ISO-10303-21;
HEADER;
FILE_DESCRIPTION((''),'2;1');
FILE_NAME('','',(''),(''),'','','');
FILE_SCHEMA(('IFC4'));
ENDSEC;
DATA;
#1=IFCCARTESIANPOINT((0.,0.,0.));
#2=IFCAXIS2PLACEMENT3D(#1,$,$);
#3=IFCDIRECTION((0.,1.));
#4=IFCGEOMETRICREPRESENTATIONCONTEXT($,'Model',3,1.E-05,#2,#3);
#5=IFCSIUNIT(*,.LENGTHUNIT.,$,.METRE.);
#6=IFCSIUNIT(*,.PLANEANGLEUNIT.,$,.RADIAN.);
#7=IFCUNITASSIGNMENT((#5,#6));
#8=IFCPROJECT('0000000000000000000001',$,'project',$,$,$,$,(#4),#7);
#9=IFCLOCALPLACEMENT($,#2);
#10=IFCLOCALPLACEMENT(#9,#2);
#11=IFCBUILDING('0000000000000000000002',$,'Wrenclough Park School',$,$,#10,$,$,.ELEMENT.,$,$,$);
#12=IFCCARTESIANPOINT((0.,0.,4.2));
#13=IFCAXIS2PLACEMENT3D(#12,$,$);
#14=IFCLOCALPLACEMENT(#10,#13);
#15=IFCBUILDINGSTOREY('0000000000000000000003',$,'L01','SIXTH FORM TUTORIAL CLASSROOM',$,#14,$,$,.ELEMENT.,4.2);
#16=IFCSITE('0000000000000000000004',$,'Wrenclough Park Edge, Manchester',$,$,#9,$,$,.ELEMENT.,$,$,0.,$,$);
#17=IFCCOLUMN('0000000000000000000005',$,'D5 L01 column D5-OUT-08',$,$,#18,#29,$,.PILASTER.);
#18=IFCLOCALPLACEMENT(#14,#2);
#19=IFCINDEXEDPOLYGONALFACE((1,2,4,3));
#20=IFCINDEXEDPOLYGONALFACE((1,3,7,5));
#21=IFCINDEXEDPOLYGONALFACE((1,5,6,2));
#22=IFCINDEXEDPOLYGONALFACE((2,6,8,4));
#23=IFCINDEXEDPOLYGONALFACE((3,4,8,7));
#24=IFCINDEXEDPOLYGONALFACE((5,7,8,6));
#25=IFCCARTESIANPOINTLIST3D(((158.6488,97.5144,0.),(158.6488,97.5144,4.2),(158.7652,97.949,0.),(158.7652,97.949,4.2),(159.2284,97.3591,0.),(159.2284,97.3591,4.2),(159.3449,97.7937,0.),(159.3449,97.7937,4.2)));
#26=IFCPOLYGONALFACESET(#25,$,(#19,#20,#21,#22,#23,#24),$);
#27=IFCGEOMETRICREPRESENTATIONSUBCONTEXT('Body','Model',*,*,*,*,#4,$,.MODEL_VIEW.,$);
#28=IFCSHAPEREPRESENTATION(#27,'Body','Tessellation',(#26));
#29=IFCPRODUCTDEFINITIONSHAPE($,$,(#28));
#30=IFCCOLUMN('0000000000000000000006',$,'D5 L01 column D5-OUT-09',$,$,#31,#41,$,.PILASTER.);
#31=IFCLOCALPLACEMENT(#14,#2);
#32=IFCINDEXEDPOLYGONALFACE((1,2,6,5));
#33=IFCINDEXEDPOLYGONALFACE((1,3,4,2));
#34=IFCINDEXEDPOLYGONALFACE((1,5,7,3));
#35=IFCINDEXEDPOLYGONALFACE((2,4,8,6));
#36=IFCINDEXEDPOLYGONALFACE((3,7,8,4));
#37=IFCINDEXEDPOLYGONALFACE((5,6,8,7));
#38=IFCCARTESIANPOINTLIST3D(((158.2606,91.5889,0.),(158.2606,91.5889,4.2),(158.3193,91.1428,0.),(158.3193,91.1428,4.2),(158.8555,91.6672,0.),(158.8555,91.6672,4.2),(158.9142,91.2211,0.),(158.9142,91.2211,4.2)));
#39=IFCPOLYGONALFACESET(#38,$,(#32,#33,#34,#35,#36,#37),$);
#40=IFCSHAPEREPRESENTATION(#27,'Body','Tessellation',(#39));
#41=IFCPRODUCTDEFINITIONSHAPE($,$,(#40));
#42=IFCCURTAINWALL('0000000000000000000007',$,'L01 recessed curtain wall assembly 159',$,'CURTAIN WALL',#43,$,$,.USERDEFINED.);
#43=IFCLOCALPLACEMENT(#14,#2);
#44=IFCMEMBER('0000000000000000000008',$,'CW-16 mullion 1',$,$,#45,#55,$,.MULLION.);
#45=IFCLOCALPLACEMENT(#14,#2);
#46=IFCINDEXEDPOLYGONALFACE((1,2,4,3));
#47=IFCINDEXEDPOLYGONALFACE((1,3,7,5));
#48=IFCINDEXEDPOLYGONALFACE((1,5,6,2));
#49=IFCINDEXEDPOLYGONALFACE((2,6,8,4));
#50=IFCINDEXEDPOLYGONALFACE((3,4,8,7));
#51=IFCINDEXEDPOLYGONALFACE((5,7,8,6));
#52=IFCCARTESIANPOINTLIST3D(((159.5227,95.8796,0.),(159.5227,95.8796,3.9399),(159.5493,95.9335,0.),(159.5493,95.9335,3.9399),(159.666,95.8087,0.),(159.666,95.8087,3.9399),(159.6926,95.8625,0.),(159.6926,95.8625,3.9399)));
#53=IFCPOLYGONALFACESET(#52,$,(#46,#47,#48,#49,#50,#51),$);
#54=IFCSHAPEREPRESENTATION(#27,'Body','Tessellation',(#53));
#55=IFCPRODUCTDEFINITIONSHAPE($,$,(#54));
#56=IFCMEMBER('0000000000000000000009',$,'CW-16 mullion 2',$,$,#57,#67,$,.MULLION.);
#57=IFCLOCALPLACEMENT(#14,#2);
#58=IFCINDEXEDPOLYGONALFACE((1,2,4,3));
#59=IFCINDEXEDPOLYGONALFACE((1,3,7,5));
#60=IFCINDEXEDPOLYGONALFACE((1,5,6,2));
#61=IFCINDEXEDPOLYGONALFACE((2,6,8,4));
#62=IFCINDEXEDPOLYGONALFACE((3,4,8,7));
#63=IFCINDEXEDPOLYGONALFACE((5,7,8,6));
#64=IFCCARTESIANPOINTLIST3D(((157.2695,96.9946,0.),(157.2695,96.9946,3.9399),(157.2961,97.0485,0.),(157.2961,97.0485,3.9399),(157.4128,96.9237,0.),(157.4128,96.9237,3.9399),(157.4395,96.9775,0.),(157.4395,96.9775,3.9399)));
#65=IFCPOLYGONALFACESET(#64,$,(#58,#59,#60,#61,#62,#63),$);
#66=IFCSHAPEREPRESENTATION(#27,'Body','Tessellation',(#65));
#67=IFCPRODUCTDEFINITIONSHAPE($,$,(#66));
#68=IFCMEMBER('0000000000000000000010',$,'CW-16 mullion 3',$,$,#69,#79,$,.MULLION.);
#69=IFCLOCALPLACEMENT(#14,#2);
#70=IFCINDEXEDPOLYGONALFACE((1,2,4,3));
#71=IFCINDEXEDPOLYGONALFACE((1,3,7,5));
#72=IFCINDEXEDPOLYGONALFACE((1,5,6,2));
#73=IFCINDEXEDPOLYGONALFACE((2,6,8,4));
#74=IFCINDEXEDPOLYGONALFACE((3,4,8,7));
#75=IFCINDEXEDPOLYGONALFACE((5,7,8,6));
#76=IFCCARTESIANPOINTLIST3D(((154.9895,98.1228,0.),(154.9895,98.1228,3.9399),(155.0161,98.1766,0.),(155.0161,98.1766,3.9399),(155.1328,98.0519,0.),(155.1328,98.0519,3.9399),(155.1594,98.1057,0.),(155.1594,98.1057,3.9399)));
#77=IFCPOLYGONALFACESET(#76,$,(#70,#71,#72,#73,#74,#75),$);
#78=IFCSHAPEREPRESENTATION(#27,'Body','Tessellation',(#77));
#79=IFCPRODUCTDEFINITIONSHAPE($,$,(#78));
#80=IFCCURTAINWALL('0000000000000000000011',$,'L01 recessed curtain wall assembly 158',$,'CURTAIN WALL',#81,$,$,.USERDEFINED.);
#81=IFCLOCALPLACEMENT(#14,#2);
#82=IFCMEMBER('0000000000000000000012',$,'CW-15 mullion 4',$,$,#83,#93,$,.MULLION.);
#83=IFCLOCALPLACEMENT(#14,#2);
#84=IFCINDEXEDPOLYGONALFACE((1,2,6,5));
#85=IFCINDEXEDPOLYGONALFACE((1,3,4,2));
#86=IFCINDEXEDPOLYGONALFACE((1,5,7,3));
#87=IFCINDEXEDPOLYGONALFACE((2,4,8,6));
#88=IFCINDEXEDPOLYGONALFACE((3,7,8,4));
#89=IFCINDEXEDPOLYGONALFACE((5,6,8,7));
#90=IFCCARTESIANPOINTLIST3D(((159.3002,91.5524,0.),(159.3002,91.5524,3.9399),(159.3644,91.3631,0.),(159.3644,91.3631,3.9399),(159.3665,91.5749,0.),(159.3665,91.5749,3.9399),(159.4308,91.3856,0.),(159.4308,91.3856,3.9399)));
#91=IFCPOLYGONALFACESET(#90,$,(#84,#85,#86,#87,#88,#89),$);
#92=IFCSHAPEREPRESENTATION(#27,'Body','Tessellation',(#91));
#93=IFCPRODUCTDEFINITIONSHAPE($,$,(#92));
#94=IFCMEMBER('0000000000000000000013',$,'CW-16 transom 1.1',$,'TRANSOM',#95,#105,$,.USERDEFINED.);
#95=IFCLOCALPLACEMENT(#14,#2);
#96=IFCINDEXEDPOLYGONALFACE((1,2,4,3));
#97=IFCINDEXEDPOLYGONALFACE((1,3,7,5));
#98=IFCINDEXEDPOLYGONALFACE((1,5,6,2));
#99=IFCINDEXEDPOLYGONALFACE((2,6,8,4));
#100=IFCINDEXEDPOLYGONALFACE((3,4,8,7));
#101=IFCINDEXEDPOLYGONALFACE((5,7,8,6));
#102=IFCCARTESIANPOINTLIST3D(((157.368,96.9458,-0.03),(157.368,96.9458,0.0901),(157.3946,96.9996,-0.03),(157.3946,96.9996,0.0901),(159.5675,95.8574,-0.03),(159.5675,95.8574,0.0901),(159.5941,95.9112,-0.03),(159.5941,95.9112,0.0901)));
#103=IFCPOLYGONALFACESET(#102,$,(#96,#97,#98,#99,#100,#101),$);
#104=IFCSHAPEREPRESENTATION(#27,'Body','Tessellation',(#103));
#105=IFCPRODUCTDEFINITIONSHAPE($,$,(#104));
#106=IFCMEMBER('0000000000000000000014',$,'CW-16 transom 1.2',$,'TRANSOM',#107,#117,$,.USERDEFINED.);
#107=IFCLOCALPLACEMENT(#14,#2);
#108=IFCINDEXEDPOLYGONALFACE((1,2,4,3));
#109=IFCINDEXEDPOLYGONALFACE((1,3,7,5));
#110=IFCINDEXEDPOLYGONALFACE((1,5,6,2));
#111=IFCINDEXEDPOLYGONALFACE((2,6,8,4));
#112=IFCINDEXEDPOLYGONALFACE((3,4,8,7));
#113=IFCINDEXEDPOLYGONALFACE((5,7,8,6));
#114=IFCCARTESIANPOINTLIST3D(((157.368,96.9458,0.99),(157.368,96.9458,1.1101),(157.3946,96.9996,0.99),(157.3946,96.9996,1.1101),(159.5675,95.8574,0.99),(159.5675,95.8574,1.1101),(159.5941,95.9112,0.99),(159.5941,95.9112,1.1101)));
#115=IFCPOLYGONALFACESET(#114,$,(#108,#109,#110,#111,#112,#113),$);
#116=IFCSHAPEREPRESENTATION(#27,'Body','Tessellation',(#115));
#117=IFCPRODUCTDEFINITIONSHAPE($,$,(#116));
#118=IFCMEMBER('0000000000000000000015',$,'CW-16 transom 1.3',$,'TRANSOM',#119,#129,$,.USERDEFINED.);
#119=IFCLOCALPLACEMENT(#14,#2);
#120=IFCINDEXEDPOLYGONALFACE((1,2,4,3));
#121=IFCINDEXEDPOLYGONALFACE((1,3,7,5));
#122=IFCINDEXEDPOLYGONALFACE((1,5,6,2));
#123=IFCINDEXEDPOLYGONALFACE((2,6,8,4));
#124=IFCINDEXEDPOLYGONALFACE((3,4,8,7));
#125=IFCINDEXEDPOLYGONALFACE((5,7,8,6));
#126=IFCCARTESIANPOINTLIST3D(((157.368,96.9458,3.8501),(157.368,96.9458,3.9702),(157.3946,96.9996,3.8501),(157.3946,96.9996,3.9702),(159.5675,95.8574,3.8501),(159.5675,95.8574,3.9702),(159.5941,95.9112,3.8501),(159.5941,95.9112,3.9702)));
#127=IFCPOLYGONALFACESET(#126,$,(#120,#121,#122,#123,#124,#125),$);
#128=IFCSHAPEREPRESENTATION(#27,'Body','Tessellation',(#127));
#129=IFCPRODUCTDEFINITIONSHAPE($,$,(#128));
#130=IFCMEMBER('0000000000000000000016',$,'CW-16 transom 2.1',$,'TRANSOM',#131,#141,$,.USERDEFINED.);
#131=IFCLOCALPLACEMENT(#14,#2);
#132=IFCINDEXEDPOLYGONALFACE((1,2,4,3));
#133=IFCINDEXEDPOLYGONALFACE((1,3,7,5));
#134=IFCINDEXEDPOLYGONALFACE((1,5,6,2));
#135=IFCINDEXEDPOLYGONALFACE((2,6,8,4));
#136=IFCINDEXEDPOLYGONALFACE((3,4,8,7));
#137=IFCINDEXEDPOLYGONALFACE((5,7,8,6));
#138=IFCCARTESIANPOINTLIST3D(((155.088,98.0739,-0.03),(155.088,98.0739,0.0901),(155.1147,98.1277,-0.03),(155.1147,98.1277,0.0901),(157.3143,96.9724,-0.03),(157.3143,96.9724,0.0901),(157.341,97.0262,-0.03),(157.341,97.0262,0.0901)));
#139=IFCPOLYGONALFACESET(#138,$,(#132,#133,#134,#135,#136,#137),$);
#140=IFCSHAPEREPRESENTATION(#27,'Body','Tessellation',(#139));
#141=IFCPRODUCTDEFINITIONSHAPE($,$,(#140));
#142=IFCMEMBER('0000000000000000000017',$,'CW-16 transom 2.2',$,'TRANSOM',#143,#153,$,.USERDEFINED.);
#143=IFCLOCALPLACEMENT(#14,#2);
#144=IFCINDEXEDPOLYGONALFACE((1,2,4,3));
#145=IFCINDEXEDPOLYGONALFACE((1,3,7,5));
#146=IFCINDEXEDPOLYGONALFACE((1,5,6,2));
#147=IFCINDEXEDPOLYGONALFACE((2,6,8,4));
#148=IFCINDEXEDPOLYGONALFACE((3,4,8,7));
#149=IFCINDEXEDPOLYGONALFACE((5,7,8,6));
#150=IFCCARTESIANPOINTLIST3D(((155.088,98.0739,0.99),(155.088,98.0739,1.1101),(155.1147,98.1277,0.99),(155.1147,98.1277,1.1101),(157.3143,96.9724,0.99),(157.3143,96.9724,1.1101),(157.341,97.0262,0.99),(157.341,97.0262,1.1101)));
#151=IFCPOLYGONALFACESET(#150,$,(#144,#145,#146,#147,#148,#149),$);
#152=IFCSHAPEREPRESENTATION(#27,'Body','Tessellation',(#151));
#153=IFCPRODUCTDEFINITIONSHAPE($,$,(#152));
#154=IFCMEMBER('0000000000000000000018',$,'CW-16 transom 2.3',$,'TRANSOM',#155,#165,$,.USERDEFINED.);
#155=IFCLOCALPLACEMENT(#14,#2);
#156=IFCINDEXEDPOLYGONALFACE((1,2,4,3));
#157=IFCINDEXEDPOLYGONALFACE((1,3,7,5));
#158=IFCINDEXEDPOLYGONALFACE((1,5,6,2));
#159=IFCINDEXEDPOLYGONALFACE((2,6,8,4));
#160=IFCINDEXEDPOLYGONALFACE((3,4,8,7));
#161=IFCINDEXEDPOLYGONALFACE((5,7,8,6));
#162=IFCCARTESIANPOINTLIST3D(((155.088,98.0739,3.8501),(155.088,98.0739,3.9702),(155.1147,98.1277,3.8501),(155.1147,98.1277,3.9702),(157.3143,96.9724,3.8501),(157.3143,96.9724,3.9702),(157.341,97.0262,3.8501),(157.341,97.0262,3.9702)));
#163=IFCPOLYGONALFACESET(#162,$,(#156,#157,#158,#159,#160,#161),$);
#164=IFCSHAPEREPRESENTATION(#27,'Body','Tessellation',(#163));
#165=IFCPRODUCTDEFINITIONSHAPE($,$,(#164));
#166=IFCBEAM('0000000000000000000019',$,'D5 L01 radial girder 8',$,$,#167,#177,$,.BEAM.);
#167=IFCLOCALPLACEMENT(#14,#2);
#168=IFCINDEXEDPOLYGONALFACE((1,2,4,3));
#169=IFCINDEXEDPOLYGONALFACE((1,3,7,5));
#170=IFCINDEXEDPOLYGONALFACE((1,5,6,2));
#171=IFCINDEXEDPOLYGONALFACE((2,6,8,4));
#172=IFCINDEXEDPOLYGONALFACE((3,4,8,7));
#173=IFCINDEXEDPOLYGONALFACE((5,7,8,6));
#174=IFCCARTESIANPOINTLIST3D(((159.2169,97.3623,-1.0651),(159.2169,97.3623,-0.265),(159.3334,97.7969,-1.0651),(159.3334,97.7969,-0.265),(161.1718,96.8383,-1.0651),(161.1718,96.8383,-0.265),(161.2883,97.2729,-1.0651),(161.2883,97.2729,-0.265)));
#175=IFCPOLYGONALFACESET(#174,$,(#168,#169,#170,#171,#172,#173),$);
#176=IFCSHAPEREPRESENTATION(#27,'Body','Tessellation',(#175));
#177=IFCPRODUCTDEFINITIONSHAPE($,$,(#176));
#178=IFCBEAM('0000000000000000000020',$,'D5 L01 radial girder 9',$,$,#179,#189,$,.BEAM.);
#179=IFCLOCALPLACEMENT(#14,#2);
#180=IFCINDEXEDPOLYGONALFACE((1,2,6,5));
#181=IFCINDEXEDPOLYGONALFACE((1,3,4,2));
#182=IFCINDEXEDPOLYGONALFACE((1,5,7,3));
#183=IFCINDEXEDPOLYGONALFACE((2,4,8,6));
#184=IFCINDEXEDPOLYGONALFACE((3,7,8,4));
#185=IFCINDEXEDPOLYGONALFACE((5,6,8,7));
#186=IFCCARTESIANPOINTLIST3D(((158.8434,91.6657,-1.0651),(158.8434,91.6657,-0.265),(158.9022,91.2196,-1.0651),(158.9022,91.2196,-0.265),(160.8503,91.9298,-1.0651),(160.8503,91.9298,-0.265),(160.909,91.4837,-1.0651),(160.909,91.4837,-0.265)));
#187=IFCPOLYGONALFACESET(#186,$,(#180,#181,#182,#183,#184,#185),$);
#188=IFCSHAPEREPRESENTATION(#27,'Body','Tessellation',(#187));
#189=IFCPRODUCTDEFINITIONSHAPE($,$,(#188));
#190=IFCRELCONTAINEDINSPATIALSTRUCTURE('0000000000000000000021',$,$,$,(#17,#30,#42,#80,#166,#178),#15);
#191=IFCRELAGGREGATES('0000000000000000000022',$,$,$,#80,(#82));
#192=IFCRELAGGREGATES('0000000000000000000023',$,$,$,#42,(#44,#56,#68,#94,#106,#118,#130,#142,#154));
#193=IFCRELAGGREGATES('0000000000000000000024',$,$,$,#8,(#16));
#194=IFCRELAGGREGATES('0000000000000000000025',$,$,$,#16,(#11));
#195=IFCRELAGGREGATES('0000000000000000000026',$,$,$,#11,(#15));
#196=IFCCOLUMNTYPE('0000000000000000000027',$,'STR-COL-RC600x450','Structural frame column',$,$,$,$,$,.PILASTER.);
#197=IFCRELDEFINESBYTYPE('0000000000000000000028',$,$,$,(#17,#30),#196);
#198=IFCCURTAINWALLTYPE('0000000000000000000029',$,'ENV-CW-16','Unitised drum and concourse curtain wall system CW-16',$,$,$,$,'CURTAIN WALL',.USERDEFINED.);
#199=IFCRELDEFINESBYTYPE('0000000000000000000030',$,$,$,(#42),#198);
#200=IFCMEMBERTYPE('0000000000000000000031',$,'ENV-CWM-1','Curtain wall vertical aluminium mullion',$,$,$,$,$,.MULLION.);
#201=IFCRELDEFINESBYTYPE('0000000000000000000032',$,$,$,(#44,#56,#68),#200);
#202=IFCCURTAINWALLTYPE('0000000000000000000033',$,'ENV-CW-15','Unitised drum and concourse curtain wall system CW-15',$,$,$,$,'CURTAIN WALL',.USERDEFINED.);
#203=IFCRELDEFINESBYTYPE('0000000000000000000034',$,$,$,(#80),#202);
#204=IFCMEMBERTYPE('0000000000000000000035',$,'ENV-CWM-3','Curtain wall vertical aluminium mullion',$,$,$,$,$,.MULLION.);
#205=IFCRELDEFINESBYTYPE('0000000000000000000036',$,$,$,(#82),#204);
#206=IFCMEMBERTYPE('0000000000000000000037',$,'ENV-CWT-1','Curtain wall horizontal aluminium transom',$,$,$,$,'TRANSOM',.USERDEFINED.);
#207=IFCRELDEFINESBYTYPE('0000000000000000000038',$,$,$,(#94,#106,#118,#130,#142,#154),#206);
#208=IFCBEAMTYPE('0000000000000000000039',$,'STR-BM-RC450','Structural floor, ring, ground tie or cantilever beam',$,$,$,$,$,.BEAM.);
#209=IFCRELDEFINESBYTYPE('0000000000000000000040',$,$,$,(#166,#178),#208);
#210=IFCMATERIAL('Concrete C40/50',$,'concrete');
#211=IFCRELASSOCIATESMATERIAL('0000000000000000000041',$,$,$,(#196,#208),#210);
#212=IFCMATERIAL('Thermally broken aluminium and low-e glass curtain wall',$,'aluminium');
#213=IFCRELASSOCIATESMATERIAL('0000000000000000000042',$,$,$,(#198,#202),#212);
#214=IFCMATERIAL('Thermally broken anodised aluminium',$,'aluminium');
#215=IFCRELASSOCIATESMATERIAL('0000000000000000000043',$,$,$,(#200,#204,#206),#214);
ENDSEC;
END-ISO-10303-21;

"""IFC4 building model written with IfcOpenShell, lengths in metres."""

from ifc_helpers import new_model, si_unit, direction, frame, origin, origin_2d, place, context, subcontext, project, spatial, rectangle, extrude, material, material_profile, profile_set, type_object, element, aggregate, save


model = new_model("IFC4")

# Units and contexts
model_context = context("Model", 3, precision=1e-05, world=origin(), true_north=direction((0.0, 1.0)))
body_context = subcontext(model_context, "Body", "Model", "MODEL_VIEW")
ifc_project = project(units=[si_unit("LENGTHUNIT", "METRE"), si_unit("PLANEANGLEUNIT", "RADIAN")], contexts=[model_context])

# Site, building, storey
site_placement = place(None, origin())
site = spatial("IfcSite", under=ifc_project, at=site_placement, Name="Wrenclough Park Edge, Manchester", CompositionType="ELEMENT", RefElevation=0.0)
building_placement = place(site_placement, origin())
building = spatial("IfcBuilding", under=site, at=building_placement, Name="Wrenclough Park School", CompositionType="ELEMENT")
storey_placement = place(building_placement, frame((0.0, 0.0, 4.2)))
storey = spatial("IfcBuildingStorey", under=building, at=storey_placement, Name="L01", Description="SIXTH FORM TUTORIAL CLASSROOM", CompositionType="ELEMENT", Elevation=4.2)

# Columns
ifc_material_1 = material(Name="Concrete C40/50", Category="concrete")
ifc_material_profile_1 = material_profile(ifc_material_1, rectangle(XDim=0.45, YDim=0.6001, at=origin_2d()), Name="RC COL 600x450")
ifc_profile_set_1 = profile_set([ifc_material_profile_1], Name="Concrete C40/50")
column_type = type_object("IfcColumnType", Name="STR-COL-RC600x450", Description="Structural frame column", PredefinedType="PILASTER", material=ifc_profile_set_1)
for number, where, z_axis, x_axis, name in (
    (1, (158.9968, 97.6541, 0.0), (0.0, 0.0, 1.0), (-0.258819, -0.965926, 0.0), "D5 L01 column D5-OUT-08"),
    (2, (158.5874, 91.405, 0.0), (0.0, 0.0, 1.0), (0.130526, -0.991445, 0.0), "D5 L01 column D5-OUT-09"),
):
    element("IfcColumn", number, at=place(storey_placement, frame(where, z_axis=z_axis, x_axis=x_axis)), inside=storey, type_object=column_type, Name=name, PredefinedType="PILASTER", context=body_context, shape_type="SweptSolid", body=[
        extrude(rectangle(XDim=0.45, YDim=0.6001, at=origin_2d()), origin(), (0.0, 0.0, 1.0), 4.2),
    ])

# Curtain wall, members
ifc_material_2 = material(Name="Thermally broken aluminium and low-e glass curtain wall", Category="aluminium")
curtain_wall_type_1 = type_object("IfcCurtainWallType", Name="ENV-CW-16", Description="Unitised drum and concourse curtain wall system CW-16", ElementType="CURTAIN WALL", PredefinedType="USERDEFINED", material=ifc_material_2)
curtain_wall_1_placement = place(storey_placement, origin())
curtain_wall_1 = element("IfcCurtainWall", 3, at=curtain_wall_1_placement, inside=storey, type_object=curtain_wall_type_1, Name="L01 recessed curtain wall assembly 159", ObjectType="CURTAIN WALL", PredefinedType="USERDEFINED")
ifc_material_3 = material(Name="Thermally broken anodised aluminium", Category="aluminium")
ifc_material_profile_2 = material_profile(ifc_material_3, rectangle(XDim=0.0601, YDim=0.1599, at=origin_2d()), Name="AL MULLION 60x160")
ifc_profile_set_2 = profile_set([ifc_material_profile_2], Name="Thermally broken anodised aluminium")
member_type_1 = type_object("IfcMemberType", Name="ENV-CWM-1", Description="Curtain wall vertical aluminium mullion", PredefinedType="MULLION", material=ifc_profile_set_2)
member_1_placement = place(storey_placement, frame((159.6077, 95.8711, 0.0), z_axis=(0.0, 0.0, 1.0), x_axis=(-0.443515, -0.896267, 0.0)))
member_1 = element("IfcMember", 4, at=member_1_placement, type_object=member_type_1, Name="CW-16 mullion 1", PredefinedType="MULLION", context=body_context, shape_type="SweptSolid", body=[
    extrude(rectangle(XDim=0.0601, YDim=0.1599, at=origin_2d()), origin(), (0.0, 0.0, 1.0), 3.9399),
])
member_2_placement = place(storey_placement, frame((157.3545, 96.9861, 0.0), z_axis=(0.0, 0.0, 1.0), x_axis=(-0.443515, -0.896267, 0.0)))
member_2 = element("IfcMember", 5, at=member_2_placement, type_object=member_type_1, Name="CW-16 mullion 2", PredefinedType="MULLION", context=body_context, shape_type="SweptSolid", body=[
    extrude(rectangle(XDim=0.0601, YDim=0.1599, at=origin_2d()), origin(), (0.0, 0.0, 1.0), 3.9399),
])
member_3_placement = place(storey_placement, frame((155.0745, 98.1143, 0.0), z_axis=(0.0, 0.0, 1.0), x_axis=(-0.443515, -0.896267, 0.0)))
member_3 = element("IfcMember", 6, at=member_3_placement, type_object=member_type_1, Name="CW-16 mullion 3", PredefinedType="MULLION", context=body_context, shape_type="SweptSolid", body=[
    extrude(rectangle(XDim=0.0601, YDim=0.1599, at=origin_2d()), origin(), (0.0, 0.0, 1.0), 3.9399),
])

# Curtain wall, member
curtain_wall_type_2 = type_object("IfcCurtainWallType", Name="ENV-CW-15", Description="Unitised drum and concourse curtain wall system CW-15", ElementType="CURTAIN WALL", PredefinedType="USERDEFINED", material=ifc_material_2)
curtain_wall_2_placement = place(storey_placement, origin())
curtain_wall_2 = element("IfcCurtainWall", 7, at=curtain_wall_2_placement, inside=storey, type_object=curtain_wall_type_2, Name="L01 recessed curtain wall assembly 158", ObjectType="CURTAIN WALL", PredefinedType="USERDEFINED")
ifc_material_profile_3 = material_profile(ifc_material_3, rectangle(XDim=0.0701, YDim=0.2, at=origin_2d()), Name="AL MULLION 70x200")
ifc_profile_set_3 = profile_set([ifc_material_profile_3], Name="Thermally broken anodised aluminium")
member_type_2 = type_object("IfcMemberType", Name="ENV-CWM-3", Description="Curtain wall vertical aluminium mullion", PredefinedType="MULLION", material=ifc_profile_set_3)
member_4_placement = place(storey_placement, frame((159.3655, 91.469, 0.0), z_axis=(0.0, 0.0, 1.0), x_axis=(-0.946934, -0.321429, 0.0)))
member_4 = element("IfcMember", 8, at=member_4_placement, type_object=member_type_2, Name="CW-15 mullion 4", PredefinedType="MULLION", context=body_context, shape_type="SweptSolid", body=[
    extrude(rectangle(XDim=0.0701, YDim=0.2, at=origin_2d()), origin(), (0.0, 0.0, 1.0), 3.9399),
])
aggregate(curtain_wall_2, [member_4])

# Members
ifc_material_profile_4 = material_profile(ifc_material_3, rectangle(XDim=0.0601, YDim=0.1201, at=origin_2d()), Name="AL TRANSOM 60x120")
ifc_profile_set_4 = profile_set([ifc_material_profile_4], Name="Thermally broken anodised aluminium")
member_type_3 = type_object("IfcMemberType", Name="ENV-CWT-1", Description="Curtain wall horizontal aluminium transom", ElementType="TRANSOM", PredefinedType="USERDEFINED", material=ifc_profile_set_4)
member_5_placement = place(storey_placement, frame((159.5808, 95.8843, 0.03), z_axis=(-0.89627, 0.443509, 0.0), x_axis=(-0.443509, -0.89627, 0.0)))
member_5 = element("IfcMember", 9, at=member_5_placement, type_object=member_type_3, Name="CW-16 transom 1.1", ObjectType="TRANSOM", PredefinedType="USERDEFINED", context=body_context, shape_type="SweptSolid", body=[
    extrude(rectangle(XDim=0.0601, YDim=0.1201, at=origin_2d()), origin(), (0.0, 0.0, 1.0), 2.4541),
])
member_6_placement = place(storey_placement, frame((159.5808, 95.8843, 1.05), z_axis=(-0.89627, 0.443509, 0.0), x_axis=(-0.443509, -0.89627, 0.0)))
member_6 = element("IfcMember", 10, at=member_6_placement, type_object=member_type_3, Name="CW-16 transom 1.2", ObjectType="TRANSOM", PredefinedType="USERDEFINED", context=body_context, shape_type="SweptSolid", body=[
    extrude(rectangle(XDim=0.0601, YDim=0.1201, at=origin_2d()), origin(), (0.0, 0.0, 1.0), 2.4541),
])
member_7_placement = place(storey_placement, frame((159.5808, 95.8843, 3.9102), z_axis=(-0.89627, 0.443509, 0.0), x_axis=(-0.443509, -0.89627, 0.0)))
member_7 = element("IfcMember", 11, at=member_7_placement, type_object=member_type_3, Name="CW-16 transom 1.3", ObjectType="TRANSOM", PredefinedType="USERDEFINED", context=body_context, shape_type="SweptSolid", body=[
    extrude(rectangle(XDim=0.0601, YDim=0.1201, at=origin_2d()), origin(), (0.0, 0.0, 1.0), 2.4541),
])
member_8_placement = place(storey_placement, frame((157.3276, 96.9993, 0.03), z_axis=(-0.896287, 0.443475, 0.0), x_axis=(-0.443475, -0.896287, 0.0)))
member_8 = element("IfcMember", 12, at=member_8_placement, type_object=member_type_3, Name="CW-16 transom 2.1", ObjectType="TRANSOM", PredefinedType="USERDEFINED", context=body_context, shape_type="SweptSolid", body=[
    extrude(rectangle(XDim=0.0601, YDim=0.1201, at=origin_2d()), origin(), (0.0, 0.0, 1.0), 2.4839),
])
member_9_placement = place(storey_placement, frame((157.3276, 96.9993, 1.05), z_axis=(-0.896287, 0.443475, 0.0), x_axis=(-0.443475, -0.896287, 0.0)))
member_9 = element("IfcMember", 13, at=member_9_placement, type_object=member_type_3, Name="CW-16 transom 2.2", ObjectType="TRANSOM", PredefinedType="USERDEFINED", context=body_context, shape_type="SweptSolid", body=[
    extrude(rectangle(XDim=0.0601, YDim=0.1201, at=origin_2d()), origin(), (0.0, 0.0, 1.0), 2.4839),
])
member_10_placement = place(storey_placement, frame((157.3276, 96.9993, 3.9102), z_axis=(-0.896287, 0.443475, 0.0), x_axis=(-0.443475, -0.896287, 0.0)))
member_10 = element("IfcMember", 14, at=member_10_placement, type_object=member_type_3, Name="CW-16 transom 2.3", ObjectType="TRANSOM", PredefinedType="USERDEFINED", context=body_context, shape_type="SweptSolid", body=[
    extrude(rectangle(XDim=0.0601, YDim=0.1201, at=origin_2d()), origin(), (0.0, 0.0, 1.0), 2.4839),
])

# Beams
ifc_material_profile_5 = material_profile(ifc_material_1, rectangle(XDim=0.45, YDim=0.8, at=origin_2d()), Name="RC BEAM 450x800")
ifc_profile_set_5 = profile_set([ifc_material_profile_5], Name="Concrete C40/50")
beam_type_1 = type_object("IfcBeamType", Name="STR-BM-RC450", Description="Structural floor, ring, ground tie or cantilever beam", PredefinedType="BEAM", material=ifc_profile_set_5)
beam_1_placement = place(storey_placement, frame((159.2751, 97.5796, -0.665), z_axis=(0.96591, -0.258879, 0.0), x_axis=(0.258879, 0.96591, 0.0)))
element("IfcBeam", 15, at=beam_1_placement, inside=storey, type_object=beam_type_1, Name="D5 L01 radial girder 8", PredefinedType="BEAM", context=body_context, shape_type="SweptSolid", body=[
    extrude(rectangle(XDim=0.45, YDim=0.8, at=origin_2d()), origin(), (0.0, 0.0, 1.0), 2.0239),
])
beam_2_placement = place(storey_placement, frame((158.8728, 91.4426, -0.665), z_axis=(0.991448, 0.130504, 0.0), x_axis=(-0.130504, 0.991448, 0.0)))
element("IfcBeam", 16, at=beam_2_placement, inside=storey, type_object=beam_type_1, Name="D5 L01 radial girder 9", PredefinedType="BEAM", context=body_context, shape_type="SweptSolid", body=[
    extrude(rectangle(XDim=0.45, YDim=0.8, at=origin_2d()), origin(), (0.0, 0.0, 1.0), 2.0242),
])

aggregate(curtain_wall_1, [member_1, member_2, member_3, member_5, member_6, member_7, member_8, member_9, member_10])

save(model, "model.ifc")
